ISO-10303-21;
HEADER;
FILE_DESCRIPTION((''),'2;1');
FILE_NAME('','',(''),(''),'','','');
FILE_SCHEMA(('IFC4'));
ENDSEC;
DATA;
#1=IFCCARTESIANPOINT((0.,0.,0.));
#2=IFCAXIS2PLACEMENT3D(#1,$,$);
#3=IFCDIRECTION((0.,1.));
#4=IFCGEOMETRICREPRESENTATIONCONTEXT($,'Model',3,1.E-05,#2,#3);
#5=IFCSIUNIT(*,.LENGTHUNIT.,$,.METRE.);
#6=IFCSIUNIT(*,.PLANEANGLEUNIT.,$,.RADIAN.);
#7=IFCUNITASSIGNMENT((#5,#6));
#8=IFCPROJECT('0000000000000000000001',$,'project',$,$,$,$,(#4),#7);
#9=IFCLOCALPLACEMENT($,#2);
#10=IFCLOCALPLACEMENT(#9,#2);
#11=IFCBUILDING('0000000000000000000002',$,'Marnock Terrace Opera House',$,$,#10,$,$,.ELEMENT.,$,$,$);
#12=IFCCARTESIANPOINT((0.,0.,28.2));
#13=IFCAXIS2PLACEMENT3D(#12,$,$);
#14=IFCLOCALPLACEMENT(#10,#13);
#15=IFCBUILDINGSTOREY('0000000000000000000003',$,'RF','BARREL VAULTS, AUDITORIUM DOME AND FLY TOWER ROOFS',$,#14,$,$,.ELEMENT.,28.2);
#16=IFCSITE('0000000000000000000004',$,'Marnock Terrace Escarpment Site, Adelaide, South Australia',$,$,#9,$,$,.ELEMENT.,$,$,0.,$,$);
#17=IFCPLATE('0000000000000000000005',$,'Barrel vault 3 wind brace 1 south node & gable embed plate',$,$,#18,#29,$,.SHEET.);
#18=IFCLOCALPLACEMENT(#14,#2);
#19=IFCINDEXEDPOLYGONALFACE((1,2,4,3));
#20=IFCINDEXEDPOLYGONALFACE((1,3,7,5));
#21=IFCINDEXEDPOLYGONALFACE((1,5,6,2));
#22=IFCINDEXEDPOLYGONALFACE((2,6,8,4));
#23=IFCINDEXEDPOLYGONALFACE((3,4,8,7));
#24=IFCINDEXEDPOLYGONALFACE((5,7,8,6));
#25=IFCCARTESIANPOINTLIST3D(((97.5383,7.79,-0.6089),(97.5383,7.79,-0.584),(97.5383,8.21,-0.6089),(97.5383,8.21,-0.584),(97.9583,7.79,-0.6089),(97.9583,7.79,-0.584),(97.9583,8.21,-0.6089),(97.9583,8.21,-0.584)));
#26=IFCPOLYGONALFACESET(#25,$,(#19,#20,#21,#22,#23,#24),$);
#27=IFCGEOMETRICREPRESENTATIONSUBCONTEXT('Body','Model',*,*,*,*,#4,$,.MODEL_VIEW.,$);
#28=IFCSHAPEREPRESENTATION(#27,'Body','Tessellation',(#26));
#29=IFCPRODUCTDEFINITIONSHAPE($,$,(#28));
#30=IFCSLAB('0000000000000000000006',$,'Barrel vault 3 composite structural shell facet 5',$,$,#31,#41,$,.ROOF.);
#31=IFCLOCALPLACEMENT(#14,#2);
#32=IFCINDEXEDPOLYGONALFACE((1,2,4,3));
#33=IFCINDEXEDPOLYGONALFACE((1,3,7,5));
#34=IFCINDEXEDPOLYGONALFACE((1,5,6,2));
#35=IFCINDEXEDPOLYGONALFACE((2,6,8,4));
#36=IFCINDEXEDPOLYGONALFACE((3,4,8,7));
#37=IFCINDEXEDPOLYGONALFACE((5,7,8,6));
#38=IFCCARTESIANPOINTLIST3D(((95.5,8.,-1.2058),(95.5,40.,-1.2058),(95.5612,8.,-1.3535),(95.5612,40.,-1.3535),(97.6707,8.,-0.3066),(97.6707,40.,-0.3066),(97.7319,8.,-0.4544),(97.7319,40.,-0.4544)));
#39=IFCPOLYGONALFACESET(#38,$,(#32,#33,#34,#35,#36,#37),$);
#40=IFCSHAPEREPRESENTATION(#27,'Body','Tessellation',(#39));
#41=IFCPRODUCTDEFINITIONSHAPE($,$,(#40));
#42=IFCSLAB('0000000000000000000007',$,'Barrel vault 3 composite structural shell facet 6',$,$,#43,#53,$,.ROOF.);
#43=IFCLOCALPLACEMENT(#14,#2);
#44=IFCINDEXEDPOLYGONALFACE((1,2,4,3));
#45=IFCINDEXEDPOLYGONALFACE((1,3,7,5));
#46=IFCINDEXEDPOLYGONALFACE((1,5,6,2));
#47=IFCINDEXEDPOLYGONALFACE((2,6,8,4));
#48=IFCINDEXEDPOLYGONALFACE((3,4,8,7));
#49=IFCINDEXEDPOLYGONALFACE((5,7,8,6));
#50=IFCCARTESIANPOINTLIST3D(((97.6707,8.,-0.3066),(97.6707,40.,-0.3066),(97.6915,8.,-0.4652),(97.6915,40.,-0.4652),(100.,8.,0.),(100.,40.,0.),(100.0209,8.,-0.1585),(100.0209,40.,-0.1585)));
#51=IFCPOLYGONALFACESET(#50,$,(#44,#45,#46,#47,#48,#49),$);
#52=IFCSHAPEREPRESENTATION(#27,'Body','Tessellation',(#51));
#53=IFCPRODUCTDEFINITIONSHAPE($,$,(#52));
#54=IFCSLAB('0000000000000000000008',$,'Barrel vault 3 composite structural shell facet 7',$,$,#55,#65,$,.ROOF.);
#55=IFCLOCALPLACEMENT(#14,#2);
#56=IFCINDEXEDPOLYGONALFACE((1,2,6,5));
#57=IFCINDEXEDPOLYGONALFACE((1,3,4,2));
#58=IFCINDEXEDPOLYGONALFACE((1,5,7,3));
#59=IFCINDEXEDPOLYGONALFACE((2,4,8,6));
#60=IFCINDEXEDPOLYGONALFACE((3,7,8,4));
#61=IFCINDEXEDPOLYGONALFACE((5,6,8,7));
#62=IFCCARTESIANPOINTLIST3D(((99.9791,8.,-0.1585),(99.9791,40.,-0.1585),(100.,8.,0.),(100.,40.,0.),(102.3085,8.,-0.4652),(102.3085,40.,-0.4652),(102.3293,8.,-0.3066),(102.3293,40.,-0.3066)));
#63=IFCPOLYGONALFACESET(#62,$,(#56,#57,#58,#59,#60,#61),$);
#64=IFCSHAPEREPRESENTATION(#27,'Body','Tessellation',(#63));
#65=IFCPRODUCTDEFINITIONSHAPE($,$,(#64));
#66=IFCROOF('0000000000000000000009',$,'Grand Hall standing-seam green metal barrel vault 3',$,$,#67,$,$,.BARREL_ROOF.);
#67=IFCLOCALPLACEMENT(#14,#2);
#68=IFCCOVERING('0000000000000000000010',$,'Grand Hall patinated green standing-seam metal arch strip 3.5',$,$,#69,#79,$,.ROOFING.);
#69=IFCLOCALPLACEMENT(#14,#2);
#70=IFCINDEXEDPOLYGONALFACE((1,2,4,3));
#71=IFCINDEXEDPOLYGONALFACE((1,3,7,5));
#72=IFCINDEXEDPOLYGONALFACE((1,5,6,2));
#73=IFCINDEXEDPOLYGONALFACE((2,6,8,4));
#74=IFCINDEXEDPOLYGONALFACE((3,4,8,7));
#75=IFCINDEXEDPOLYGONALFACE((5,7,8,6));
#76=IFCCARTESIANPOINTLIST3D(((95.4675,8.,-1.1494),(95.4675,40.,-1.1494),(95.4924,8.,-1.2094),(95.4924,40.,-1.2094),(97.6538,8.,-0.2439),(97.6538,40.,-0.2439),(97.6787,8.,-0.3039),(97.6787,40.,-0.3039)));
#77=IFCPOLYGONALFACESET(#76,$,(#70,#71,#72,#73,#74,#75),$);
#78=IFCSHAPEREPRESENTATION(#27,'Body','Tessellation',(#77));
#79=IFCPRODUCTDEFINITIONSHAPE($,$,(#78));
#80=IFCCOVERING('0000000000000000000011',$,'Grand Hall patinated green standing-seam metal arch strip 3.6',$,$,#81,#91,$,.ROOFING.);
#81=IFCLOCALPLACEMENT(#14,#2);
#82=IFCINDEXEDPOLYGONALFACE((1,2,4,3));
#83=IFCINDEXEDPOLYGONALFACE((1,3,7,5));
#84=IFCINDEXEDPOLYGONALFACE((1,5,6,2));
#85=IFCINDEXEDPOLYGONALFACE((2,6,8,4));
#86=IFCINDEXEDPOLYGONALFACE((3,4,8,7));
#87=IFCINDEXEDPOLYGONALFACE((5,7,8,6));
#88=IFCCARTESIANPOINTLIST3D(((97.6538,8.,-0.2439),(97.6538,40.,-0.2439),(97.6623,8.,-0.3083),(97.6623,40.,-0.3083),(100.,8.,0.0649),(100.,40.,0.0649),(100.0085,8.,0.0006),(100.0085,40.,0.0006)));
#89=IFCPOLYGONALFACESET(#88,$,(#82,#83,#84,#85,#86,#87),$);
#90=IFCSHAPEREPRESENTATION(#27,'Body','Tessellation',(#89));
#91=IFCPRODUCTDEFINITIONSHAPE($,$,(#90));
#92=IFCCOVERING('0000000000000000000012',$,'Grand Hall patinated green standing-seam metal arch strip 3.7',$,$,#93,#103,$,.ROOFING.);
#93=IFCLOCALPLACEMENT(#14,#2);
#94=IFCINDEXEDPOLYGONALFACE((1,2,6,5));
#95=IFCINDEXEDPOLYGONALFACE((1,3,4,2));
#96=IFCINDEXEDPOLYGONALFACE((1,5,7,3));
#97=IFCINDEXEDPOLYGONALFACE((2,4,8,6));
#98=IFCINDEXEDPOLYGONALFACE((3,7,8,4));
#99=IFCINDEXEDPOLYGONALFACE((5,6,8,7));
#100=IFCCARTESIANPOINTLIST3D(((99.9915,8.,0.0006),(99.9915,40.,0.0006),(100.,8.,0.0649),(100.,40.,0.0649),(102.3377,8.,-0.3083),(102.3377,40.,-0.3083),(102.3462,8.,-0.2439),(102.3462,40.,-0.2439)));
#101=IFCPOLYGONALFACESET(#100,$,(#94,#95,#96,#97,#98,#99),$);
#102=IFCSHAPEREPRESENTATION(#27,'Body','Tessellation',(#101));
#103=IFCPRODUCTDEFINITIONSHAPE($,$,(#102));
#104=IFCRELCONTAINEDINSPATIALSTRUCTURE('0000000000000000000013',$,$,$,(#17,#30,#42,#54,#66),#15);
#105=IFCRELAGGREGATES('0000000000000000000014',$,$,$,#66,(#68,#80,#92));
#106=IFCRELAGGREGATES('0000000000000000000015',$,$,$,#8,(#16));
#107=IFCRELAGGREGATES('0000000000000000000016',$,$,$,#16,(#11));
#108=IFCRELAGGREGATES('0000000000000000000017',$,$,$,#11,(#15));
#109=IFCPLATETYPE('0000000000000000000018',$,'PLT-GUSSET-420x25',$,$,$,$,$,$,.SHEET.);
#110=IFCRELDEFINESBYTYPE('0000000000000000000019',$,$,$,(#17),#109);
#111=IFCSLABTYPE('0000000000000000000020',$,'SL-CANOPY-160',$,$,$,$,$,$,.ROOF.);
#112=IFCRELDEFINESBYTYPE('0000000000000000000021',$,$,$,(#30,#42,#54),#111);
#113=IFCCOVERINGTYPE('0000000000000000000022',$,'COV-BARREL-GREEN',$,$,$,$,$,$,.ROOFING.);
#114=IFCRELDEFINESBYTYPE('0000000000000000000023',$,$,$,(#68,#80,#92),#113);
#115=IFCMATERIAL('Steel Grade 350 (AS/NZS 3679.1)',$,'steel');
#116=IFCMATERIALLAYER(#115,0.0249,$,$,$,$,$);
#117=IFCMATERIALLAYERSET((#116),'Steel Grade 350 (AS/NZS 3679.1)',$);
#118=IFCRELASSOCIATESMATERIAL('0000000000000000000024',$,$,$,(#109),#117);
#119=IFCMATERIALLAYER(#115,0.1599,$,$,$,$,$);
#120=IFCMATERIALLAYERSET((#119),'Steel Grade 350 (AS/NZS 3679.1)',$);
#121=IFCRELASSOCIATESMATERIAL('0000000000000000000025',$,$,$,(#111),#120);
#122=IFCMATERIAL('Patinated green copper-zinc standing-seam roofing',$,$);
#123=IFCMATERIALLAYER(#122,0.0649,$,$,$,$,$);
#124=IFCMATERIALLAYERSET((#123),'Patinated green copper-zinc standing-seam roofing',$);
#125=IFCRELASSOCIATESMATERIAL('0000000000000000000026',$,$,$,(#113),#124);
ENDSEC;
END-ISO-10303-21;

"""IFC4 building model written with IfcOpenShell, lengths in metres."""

from ifc_helpers import new_model, si_unit, direction, frame, origin, origin_2d, place, context, subcontext, project, spatial, polyline, rectangle, outline, extrude, material, layer, layer_set, type_object, element, aggregate, save


model = new_model("IFC4")

# Units and contexts
model_context = context("Model", 3, precision=1e-05, world=origin(), true_north=direction((0.0, 1.0)))
body_context = subcontext(model_context, "Body", "Model", "MODEL_VIEW")
ifc_project = project(units=[si_unit("LENGTHUNIT", "METRE"), si_unit("PLANEANGLEUNIT", "RADIAN")], contexts=[model_context])

# Site, building, storey
site_placement = place(None, origin())
site = spatial("IfcSite", under=ifc_project, at=site_placement, Name="Marnock Terrace Escarpment Site, Adelaide, South Australia", CompositionType="ELEMENT", RefElevation=0.0)
building_placement = place(site_placement, origin())
building = spatial("IfcBuilding", under=site, at=building_placement, Name="Marnock Terrace Opera House", CompositionType="ELEMENT")
storey_placement = place(building_placement, frame((0.0, 0.0, 28.2)))
storey = spatial("IfcBuildingStorey", under=building, at=storey_placement, Name="RF", Description="BARREL VAULTS, AUDITORIUM DOME AND FLY TOWER ROOFS", CompositionType="ELEMENT", Elevation=28.2)

# Plate
ifc_material_1 = material(Name="Steel Grade 350 (AS/NZS 3679.1)", Category="steel")
ifc_layer_1 = layer(ifc_material_1, 0.0249)
ifc_layer_set_1 = layer_set([ifc_layer_1], Name="Steel Grade 350 (AS/NZS 3679.1)")
plate_type = type_object("IfcPlateType", Name="PLT-GUSSET-420x25", PredefinedType="SHEET", material=ifc_layer_set_1)
plate_placement = place(storey_placement, frame((97.7483, 8.0, -0.6089), z_axis=(0.0, 0.0, 1.0), x_axis=(1.0, 0.0, 0.0)))
element("IfcPlate", 1, at=plate_placement, inside=storey, type_object=plate_type, Name="Barrel vault 3 wind brace 1 south node & gable embed plate", PredefinedType="SHEET", context=body_context, shape_type="SweptSolid", body=[
    extrude(rectangle(XDim=0.4199, YDim=0.4199, at=origin_2d()), origin(), (0.0, 0.0, 1.0), 0.0249),
])

# Slabs
ifc_layer_2 = layer(ifc_material_1, 0.1599)
ifc_layer_set_2 = layer_set([ifc_layer_2], Name="Steel Grade 350 (AS/NZS 3679.1)")
slab_type = type_object("IfcSlabType", Name="SL-CANOPY-160", PredefinedType="ROOF", material=ifc_layer_set_2)
slab_placement = place(storey_placement, frame((95.5, 8.0, -1.2058), z_axis=(-0.382704, 0.0, 0.923871), x_axis=(0.923871, 0.0, 0.382704)))
element("IfcSlab", 2, at=slab_placement, inside=storey, type_object=slab_type, Name="Barrel vault 3 composite structural shell facet 5", PredefinedType="ROOF", context=body_context, shape_type="SweptSolid", body=[
    extrude(outline(polyline([(0.0, 0.0), (2.3495, 0.0), (2.3495, 32.0), (0.0, 32.0), (0.0, 0.0)])), origin(), (0.0, 0.0, -1.0), 0.1599),
])
for number, where, z_axis, x_axis, name in (
    (3, (97.6707, 8.0, -0.3066), (-0.130516, 0.0, 0.991446), (0.991446, 0.0, 0.130516), "Barrel vault 3 composite structural shell facet 6"),
    (4, (100.0, 8.0, 0.0), (0.130516, 0.0, 0.991446), (0.991446, 0.0, -0.130516), "Barrel vault 3 composite structural shell facet 7"),
):
    element("IfcSlab", number, at=place(storey_placement, frame(where, z_axis=z_axis, x_axis=x_axis)), inside=storey, type_object=slab_type, Name=name, PredefinedType="ROOF", context=body_context, shape_type="SweptSolid", body=[
        extrude(outline(polyline([(0.0, 0.0), (2.3494, 0.0), (2.3494, 32.0), (0.0, 32.0), (0.0, 0.0)])), origin(), (0.0, 0.0, -1.0), 0.1599),
    ])

# Roof, coverings
roof_placement = place(storey_placement, origin())
roof = element("IfcRoof", 5, at=roof_placement, inside=storey, Name="Grand Hall standing-seam green metal barrel vault 3", PredefinedType="BARREL_ROOF")
ifc_material_2 = material(Name="Patinated green copper-zinc standing-seam roofing")
ifc_layer_3 = layer(ifc_material_2, 0.0649)
ifc_layer_set_3 = layer_set([ifc_layer_3], Name="Patinated green copper-zinc standing-seam roofing")
covering_type = type_object("IfcCoveringType", Name="COV-BARREL-GREEN", PredefinedType="ROOFING", material=ifc_layer_set_3)
covering_1_placement = place(storey_placement, frame((95.4675, 8.0, -1.1494), z_axis=(-0.382659, 0.0, 0.92389), x_axis=(0.92389, 0.0, 0.382659)))
covering_1 = element("IfcCovering", 6, at=covering_1_placement, type_object=covering_type, Name="Grand Hall patinated green standing-seam metal arch strip 3.5", PredefinedType="ROOFING", context=body_context, shape_type="SweptSolid", body=[
    extrude(outline(polyline([(0.0, 0.0), (2.3664, 0.0), (2.3664, 32.0), (0.0, 32.0), (0.0, 0.0)])), origin(), (0.0, 0.0, -1.0), 0.0649),
])
covering_2_placement = place(storey_placement, frame((97.6538, 8.0, -0.2439), z_axis=(-0.130508, 0.0, 0.991447), x_axis=(0.991447, 0.0, 0.130508)))
covering_2 = element("IfcCovering", 7, at=covering_2_placement, type_object=covering_type, Name="Grand Hall patinated green standing-seam metal arch strip 3.6", PredefinedType="ROOFING", context=body_context, shape_type="SweptSolid", body=[
    extrude(outline(polyline([(0.0, 0.0), (2.3664, 0.0), (2.3664, 32.0), (0.0, 32.0), (0.0, 0.0)])), origin(), (0.0, 0.0, -1.0), 0.0649),
])
covering_3_placement = place(storey_placement, frame((100.0, 8.0, 0.0649), z_axis=(0.130508, 0.0, 0.991447), x_axis=(0.991447, 0.0, -0.130508)))
covering_3 = element("IfcCovering", 8, at=covering_3_placement, type_object=covering_type, Name="Grand Hall patinated green standing-seam metal arch strip 3.7", PredefinedType="ROOFING", context=body_context, shape_type="SweptSolid", body=[
    extrude(outline(polyline([(0.0, 0.0), (2.3664, 0.0), (2.3664, 32.0), (0.0, 32.0), (0.0, 0.0)])), origin(), (0.0, 0.0, -1.0), 0.0649),
])
aggregate(roof, [covering_1, covering_2, covering_3])

save(model, "model.ifc")
